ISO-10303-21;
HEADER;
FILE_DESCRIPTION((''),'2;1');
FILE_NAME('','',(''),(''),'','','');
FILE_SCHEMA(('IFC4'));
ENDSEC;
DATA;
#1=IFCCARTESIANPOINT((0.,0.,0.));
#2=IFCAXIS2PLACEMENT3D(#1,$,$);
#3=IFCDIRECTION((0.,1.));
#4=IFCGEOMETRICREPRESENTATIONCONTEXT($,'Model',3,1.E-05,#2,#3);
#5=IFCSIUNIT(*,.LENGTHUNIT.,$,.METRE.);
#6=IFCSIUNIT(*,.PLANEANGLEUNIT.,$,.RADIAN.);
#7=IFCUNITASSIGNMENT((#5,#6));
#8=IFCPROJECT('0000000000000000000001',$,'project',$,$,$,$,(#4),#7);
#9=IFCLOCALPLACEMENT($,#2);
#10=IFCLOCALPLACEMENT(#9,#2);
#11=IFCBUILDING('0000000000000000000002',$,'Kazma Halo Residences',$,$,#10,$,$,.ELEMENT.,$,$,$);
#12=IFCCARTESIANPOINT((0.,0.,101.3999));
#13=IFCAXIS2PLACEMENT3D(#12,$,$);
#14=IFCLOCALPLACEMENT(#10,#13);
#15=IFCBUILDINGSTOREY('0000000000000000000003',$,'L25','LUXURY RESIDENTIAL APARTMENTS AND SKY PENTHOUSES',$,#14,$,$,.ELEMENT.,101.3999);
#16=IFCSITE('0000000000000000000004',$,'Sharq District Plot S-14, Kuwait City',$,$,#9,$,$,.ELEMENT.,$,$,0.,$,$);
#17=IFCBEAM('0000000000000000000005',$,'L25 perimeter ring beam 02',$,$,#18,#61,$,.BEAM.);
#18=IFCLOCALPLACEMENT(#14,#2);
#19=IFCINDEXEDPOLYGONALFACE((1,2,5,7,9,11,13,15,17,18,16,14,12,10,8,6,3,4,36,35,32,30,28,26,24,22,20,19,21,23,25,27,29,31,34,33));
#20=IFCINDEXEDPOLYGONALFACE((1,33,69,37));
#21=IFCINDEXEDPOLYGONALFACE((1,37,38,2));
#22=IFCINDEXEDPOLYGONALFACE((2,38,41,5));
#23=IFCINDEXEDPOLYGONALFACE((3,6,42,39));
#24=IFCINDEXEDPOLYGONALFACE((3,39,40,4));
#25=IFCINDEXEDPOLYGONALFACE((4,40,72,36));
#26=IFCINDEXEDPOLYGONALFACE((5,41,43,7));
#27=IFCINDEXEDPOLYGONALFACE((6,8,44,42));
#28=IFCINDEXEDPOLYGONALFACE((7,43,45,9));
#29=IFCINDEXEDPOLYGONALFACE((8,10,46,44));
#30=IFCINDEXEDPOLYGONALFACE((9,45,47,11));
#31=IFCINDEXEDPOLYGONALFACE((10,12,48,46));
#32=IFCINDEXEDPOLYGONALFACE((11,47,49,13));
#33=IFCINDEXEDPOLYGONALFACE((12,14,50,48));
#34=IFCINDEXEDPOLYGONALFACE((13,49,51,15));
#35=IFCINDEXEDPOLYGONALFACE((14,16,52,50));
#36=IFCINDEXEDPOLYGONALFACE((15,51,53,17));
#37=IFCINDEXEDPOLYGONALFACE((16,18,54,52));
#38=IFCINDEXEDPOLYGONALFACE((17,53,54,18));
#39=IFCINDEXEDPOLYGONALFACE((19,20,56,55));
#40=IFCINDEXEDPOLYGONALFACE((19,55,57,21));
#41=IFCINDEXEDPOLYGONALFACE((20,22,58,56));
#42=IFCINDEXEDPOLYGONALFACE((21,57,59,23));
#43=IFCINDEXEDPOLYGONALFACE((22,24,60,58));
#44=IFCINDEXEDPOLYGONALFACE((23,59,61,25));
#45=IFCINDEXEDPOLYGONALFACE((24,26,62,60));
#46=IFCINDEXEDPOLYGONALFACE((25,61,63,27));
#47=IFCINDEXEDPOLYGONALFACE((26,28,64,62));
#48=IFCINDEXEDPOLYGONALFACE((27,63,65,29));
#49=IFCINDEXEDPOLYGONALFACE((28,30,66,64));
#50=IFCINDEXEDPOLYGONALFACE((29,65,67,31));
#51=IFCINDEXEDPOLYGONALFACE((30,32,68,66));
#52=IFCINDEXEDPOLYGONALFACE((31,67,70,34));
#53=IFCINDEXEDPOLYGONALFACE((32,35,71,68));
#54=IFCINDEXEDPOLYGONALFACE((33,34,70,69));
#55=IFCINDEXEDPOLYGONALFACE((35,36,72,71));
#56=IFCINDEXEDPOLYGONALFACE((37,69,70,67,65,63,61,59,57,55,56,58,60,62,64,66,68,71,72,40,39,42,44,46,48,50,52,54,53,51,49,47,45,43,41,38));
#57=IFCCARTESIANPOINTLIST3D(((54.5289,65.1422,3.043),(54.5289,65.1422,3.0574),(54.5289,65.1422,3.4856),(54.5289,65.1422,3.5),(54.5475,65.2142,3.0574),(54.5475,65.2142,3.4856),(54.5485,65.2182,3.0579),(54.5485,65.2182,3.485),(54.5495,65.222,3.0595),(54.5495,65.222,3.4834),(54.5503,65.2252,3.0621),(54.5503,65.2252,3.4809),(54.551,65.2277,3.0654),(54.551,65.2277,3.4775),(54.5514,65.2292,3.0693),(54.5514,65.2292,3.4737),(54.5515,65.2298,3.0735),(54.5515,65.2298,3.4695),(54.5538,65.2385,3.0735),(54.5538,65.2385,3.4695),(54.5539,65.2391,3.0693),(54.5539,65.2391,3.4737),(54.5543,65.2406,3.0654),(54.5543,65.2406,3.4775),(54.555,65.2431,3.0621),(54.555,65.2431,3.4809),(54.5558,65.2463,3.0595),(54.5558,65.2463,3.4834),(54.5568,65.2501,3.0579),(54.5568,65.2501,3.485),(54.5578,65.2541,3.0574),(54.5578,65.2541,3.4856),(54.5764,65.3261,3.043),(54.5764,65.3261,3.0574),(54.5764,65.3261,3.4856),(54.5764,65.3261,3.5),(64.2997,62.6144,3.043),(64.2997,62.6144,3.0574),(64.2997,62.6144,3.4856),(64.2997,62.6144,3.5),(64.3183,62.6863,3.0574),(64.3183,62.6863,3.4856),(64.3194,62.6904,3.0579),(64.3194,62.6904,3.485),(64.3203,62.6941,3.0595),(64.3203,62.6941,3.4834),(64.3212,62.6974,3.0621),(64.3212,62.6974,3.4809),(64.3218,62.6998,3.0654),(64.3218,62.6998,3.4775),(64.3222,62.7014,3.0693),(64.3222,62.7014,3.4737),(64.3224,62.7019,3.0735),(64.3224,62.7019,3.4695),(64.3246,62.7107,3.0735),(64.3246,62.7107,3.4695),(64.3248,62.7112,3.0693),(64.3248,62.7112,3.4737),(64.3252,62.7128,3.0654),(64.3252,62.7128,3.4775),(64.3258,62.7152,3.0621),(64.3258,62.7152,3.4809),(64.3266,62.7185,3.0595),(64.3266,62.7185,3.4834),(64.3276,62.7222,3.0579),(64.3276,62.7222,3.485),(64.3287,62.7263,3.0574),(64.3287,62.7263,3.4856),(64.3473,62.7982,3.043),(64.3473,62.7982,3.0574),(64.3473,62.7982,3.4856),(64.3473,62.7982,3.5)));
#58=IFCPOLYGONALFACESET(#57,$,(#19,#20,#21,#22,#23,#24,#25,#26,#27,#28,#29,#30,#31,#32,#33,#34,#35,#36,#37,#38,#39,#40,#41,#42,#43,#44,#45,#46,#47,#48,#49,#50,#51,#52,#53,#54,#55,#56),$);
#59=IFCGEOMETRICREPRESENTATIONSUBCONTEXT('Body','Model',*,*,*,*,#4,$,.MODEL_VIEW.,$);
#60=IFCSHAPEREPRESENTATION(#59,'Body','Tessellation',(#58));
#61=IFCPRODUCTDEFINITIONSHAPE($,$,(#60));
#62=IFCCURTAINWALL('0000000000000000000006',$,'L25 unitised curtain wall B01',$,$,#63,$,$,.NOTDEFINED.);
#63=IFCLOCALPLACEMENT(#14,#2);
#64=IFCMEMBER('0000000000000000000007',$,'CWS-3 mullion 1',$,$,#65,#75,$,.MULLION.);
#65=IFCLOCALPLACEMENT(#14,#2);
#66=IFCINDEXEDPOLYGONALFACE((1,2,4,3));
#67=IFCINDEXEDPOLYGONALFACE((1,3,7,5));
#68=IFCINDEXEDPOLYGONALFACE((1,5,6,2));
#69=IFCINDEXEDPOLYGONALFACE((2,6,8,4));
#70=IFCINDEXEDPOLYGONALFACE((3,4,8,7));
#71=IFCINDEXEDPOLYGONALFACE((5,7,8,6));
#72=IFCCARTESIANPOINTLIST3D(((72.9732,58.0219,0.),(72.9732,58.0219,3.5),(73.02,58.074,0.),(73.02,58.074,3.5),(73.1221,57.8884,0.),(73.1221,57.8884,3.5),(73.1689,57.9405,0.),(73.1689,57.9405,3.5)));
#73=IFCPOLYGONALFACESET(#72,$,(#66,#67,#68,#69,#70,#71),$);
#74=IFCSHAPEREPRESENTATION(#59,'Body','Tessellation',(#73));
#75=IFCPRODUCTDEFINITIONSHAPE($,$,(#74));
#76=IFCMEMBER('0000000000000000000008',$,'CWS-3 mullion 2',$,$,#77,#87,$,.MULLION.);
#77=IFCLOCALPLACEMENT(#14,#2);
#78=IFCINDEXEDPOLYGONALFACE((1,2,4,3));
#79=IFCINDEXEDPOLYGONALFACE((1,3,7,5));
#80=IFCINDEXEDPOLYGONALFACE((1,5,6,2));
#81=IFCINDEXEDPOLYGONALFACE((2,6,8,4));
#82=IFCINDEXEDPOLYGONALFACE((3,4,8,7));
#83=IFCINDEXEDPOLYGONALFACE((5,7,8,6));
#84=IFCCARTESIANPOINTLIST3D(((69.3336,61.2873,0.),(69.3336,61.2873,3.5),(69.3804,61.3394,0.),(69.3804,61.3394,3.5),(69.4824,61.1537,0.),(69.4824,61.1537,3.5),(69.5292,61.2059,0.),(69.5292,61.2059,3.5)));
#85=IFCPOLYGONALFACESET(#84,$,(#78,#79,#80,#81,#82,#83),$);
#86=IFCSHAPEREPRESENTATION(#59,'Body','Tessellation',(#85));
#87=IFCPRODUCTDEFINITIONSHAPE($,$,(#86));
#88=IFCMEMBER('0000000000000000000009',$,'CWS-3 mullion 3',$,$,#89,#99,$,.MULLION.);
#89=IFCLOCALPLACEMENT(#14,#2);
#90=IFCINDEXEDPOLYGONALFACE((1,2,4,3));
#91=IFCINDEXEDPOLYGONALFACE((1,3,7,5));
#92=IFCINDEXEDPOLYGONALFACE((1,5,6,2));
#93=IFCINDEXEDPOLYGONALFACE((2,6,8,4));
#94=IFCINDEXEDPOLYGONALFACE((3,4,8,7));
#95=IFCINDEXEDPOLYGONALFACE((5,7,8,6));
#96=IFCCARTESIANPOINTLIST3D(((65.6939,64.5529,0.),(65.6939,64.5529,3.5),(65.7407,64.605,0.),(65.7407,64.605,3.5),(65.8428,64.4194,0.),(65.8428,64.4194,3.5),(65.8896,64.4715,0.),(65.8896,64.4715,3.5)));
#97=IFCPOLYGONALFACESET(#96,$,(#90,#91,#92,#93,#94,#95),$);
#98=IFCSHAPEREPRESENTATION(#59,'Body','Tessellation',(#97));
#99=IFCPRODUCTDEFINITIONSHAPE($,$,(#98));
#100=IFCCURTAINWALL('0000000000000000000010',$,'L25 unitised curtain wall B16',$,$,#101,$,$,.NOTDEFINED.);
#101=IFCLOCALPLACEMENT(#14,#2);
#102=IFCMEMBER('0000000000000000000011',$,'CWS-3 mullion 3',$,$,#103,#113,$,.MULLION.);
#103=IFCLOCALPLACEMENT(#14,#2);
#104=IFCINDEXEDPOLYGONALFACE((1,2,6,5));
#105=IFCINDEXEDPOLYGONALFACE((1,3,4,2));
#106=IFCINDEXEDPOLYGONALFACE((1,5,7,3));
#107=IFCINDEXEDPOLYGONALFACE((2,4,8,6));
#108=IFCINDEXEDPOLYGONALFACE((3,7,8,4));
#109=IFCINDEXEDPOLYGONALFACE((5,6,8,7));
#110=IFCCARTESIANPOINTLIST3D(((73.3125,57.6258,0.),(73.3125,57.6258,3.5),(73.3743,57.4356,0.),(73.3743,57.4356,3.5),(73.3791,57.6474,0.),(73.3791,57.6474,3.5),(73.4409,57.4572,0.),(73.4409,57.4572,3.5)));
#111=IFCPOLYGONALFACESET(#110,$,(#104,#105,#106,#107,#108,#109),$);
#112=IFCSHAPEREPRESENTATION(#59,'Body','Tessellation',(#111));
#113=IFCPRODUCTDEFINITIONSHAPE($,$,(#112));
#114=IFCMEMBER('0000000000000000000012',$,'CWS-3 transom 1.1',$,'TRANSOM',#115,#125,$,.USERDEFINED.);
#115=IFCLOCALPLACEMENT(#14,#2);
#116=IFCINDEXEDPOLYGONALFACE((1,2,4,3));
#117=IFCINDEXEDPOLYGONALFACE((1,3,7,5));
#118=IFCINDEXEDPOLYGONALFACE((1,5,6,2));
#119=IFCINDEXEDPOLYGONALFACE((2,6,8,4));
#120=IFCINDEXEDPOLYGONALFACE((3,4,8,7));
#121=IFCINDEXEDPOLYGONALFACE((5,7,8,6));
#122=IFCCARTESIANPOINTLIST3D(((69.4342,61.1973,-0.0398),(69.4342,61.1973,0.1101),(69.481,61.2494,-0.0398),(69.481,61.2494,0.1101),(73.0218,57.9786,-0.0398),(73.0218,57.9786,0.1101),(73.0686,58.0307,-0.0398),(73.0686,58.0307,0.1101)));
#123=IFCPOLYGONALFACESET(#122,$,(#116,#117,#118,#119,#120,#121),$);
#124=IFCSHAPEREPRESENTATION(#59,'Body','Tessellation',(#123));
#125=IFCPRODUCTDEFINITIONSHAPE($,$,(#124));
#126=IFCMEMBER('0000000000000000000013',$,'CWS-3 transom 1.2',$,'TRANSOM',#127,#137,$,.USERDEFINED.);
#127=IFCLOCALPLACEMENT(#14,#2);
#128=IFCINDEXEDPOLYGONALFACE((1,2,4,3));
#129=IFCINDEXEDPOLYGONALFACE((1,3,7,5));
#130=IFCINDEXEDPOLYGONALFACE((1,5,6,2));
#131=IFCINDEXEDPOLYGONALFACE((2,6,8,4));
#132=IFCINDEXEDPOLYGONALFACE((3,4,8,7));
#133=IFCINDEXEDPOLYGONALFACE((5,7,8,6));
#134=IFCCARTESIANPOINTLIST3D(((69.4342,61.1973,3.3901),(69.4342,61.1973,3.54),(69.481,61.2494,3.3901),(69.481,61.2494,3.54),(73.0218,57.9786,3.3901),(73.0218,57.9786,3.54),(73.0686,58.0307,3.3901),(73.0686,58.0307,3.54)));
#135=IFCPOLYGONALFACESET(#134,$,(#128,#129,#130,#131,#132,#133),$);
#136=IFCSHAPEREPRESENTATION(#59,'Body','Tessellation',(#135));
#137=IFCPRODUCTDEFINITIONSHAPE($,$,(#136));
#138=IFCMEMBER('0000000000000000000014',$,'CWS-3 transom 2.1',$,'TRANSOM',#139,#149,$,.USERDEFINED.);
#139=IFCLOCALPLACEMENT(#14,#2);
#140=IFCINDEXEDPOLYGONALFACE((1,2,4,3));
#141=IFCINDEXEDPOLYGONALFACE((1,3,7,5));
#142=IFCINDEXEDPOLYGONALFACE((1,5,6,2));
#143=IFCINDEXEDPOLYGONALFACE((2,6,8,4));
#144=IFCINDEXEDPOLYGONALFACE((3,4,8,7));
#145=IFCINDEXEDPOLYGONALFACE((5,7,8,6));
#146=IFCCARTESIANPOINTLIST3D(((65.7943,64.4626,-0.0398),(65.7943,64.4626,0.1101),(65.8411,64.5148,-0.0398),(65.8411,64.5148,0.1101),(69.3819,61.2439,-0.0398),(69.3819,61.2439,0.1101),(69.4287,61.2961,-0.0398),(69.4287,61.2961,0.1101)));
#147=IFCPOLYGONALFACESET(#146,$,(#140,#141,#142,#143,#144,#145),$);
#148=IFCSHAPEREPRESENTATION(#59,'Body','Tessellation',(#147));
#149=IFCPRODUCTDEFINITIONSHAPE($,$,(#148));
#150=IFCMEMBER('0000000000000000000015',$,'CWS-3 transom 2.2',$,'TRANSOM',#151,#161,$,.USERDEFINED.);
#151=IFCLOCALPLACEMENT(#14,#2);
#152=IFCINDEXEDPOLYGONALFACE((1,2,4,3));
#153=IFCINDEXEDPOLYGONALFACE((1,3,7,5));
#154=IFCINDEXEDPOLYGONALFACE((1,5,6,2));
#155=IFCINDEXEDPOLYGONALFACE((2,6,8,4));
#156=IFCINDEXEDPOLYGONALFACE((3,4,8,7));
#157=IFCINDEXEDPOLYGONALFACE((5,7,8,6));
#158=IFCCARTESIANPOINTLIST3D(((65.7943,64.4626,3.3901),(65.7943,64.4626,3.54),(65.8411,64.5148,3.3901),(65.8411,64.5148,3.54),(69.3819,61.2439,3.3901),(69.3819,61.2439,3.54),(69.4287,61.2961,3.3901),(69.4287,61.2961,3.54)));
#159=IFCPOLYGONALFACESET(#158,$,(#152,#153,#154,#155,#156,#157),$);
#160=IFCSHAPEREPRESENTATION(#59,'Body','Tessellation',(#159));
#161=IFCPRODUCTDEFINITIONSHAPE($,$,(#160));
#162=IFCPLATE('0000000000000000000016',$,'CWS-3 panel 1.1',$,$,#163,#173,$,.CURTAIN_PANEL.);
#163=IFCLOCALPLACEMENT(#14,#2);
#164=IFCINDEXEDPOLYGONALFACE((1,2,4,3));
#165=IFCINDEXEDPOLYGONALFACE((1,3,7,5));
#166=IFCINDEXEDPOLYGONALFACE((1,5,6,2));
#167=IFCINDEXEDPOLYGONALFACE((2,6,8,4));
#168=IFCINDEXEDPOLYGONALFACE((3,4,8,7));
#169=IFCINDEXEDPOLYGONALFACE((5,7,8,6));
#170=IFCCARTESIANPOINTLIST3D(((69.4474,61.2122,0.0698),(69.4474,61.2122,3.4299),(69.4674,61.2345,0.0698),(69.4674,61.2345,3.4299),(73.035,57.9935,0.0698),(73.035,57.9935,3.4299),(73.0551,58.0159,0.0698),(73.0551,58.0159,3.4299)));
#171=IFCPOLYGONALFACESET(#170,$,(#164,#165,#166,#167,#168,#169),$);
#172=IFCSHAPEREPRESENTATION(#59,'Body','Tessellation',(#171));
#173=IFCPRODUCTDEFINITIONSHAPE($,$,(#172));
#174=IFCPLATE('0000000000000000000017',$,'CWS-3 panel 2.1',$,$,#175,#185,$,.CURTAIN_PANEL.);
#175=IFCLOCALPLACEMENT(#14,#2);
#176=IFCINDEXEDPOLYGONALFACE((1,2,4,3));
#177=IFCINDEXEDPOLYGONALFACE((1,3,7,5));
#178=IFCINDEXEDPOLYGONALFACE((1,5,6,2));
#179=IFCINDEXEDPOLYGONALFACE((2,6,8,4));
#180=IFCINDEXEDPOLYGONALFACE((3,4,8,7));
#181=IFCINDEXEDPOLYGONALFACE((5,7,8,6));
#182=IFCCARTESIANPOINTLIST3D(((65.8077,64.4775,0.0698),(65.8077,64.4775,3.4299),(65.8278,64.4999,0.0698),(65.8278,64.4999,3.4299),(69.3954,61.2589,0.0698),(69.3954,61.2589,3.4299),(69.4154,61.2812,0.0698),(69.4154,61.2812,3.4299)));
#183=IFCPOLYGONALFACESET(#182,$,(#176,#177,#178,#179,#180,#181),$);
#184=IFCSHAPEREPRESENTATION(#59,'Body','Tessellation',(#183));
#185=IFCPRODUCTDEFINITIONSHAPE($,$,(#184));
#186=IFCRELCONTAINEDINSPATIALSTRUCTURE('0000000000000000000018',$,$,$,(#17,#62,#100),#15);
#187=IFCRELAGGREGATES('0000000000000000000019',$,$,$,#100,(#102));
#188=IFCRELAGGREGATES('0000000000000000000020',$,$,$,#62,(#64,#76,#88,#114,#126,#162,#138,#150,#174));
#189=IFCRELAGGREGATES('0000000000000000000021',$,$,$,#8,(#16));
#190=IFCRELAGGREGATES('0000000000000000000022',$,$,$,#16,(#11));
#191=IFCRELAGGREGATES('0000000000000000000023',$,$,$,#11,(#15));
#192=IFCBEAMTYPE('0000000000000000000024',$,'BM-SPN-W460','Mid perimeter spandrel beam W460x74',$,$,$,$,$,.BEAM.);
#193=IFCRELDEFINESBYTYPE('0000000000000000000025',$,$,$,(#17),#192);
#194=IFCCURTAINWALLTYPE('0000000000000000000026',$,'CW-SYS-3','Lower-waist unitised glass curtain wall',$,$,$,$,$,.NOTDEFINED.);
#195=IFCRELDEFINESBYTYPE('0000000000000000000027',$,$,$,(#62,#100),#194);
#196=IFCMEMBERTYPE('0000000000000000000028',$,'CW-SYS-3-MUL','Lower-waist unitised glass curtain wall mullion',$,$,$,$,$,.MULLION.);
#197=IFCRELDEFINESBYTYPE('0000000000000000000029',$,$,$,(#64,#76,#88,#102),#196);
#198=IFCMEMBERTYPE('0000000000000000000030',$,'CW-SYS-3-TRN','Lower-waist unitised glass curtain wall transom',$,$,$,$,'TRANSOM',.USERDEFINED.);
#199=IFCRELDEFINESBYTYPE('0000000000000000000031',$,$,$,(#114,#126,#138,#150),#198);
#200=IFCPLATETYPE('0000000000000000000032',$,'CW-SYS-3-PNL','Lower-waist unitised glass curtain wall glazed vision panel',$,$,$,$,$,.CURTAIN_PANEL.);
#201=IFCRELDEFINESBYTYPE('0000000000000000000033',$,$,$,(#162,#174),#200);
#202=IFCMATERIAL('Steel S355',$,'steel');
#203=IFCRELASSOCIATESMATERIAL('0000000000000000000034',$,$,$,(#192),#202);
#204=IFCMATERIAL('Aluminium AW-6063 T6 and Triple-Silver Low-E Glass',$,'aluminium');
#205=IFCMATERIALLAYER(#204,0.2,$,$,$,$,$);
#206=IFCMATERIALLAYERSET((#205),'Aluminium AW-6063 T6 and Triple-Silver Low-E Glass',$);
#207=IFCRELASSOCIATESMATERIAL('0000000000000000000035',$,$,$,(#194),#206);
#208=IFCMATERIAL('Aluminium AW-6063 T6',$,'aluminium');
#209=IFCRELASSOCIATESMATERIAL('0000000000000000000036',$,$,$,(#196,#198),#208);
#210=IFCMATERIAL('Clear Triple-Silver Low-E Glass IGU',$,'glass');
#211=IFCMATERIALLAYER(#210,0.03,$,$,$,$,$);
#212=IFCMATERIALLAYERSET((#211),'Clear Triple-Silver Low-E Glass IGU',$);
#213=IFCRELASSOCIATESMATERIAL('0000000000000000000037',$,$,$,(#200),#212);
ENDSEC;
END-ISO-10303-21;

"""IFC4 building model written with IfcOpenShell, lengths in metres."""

from ifc_helpers import new_model, si_unit, direction, frame, origin, origin_2d, place, context, subcontext, project, spatial, rectangle, i_section, extrude, material, layer, layer_set, material_profile, profile_set, type_object, element, aggregate, save


model = new_model("IFC4")

# Units and contexts
model_context = context("Model", 3, precision=1e-05, world=origin(), true_north=direction((0.0, 1.0)))
body_context = subcontext(model_context, "Body", "Model", "MODEL_VIEW")
ifc_project = project(units=[si_unit("LENGTHUNIT", "METRE"), si_unit("PLANEANGLEUNIT", "RADIAN")], contexts=[model_context])

# Site, building, storey
site_placement = place(None, origin())
site = spatial("IfcSite", under=ifc_project, at=site_placement, Name="Sharq District Plot S-14, Kuwait City", CompositionType="ELEMENT", RefElevation=0.0)
building_placement = place(site_placement, origin())
building = spatial("IfcBuilding", under=site, at=building_placement, Name="Kazma Halo Residences", CompositionType="ELEMENT")
storey_placement = place(building_placement, frame((0.0, 0.0, 101.3999)))
storey = spatial("IfcBuildingStorey", under=building, at=storey_placement, Name="L25", Description="LUXURY RESIDENTIAL APARTMENTS AND SKY PENTHOUSES", CompositionType="ELEMENT", Elevation=101.3999)

# Beam
ifc_material_1 = material(Name="Steel S355", Category="steel")
ifc_material_profile_1 = material_profile(ifc_material_1, i_section(OverallWidth=0.1899, OverallDepth=0.457, WebThickness=0.009, FlangeThickness=0.0144, FilletRadius=0.0161, at=origin_2d()), Name="W460x74")
ifc_profile_set_1 = profile_set([ifc_material_profile_1], Name="Steel S355")
beam_type_1 = type_object("IfcBeamType", Name="BM-SPN-W460", Description="Mid perimeter spandrel beam W460x74", PredefinedType="BEAM", material=ifc_profile_set_1)
beam_1_placement = place(storey_placement, frame((64.3235, 62.7063, 3.2715), z_axis=(-0.968125, 0.250468, 0.0), x_axis=(-0.250468, -0.968125, 0.0)))
element("IfcBeam", 1, at=beam_1_placement, inside=storey, type_object=beam_type_1, Name="L25 perimeter ring beam 02", PredefinedType="BEAM", context=body_context, shape_type="SweptSolid", body=[
    extrude(i_section(OverallWidth=0.1899, OverallDepth=0.457, WebThickness=0.009, FlangeThickness=0.0144, FilletRadius=0.0161, at=origin_2d()), origin(), (0.0, 0.0, 1.0), 10.0925),
])

# Curtain wall, members
ifc_material_2 = material(Name="Aluminium AW-6063 T6 and Triple-Silver Low-E Glass", Category="aluminium")
ifc_layer_1 = layer(ifc_material_2, 0.2)
ifc_layer_set_1 = layer_set([ifc_layer_1], Name="Aluminium AW-6063 T6 and Triple-Silver Low-E Glass")
curtain_wall_type = type_object("IfcCurtainWallType", Name="CW-SYS-3", Description="Lower-waist unitised glass curtain wall", PredefinedType="NOTDEFINED", material=ifc_layer_set_1)
curtain_wall_1_placement = place(storey_placement, origin())
curtain_wall_1 = element("IfcCurtainWall", 2, at=curtain_wall_1_placement, inside=storey, type_object=curtain_wall_type, Name="L25 unitised curtain wall B01", PredefinedType="NOTDEFINED")
ifc_material_3 = material(Name="Aluminium AW-6063 T6", Category="aluminium")
ifc_material_profile_2 = material_profile(ifc_material_3, rectangle(XDim=0.0701, YDim=0.2, at=origin_2d()), Name="CWM-70x200")
ifc_profile_set_2 = profile_set([ifc_material_profile_2], Name="Aluminium AW-6063 T6")
member_type_1 = type_object("IfcMemberType", Name="CW-SYS-3-MUL", Description="Lower-waist unitised glass curtain wall mullion", PredefinedType="MULLION", material=ifc_profile_set_2)
member_1_placement = place(storey_placement, frame((73.071, 57.9812, 0.0), z_axis=(0.0, 0.0, 1.0), x_axis=(-0.667795, -0.744345, 0.0)))
member_1 = element("IfcMember", 3, at=member_1_placement, type_object=member_type_1, Name="CWS-3 mullion 1", PredefinedType="MULLION", context=body_context, shape_type="SweptSolid", body=[
    extrude(rectangle(XDim=0.0701, YDim=0.2, at=origin_2d()), origin(), (0.0, 0.0, 1.0), 3.5),
])
member_2_placement = place(storey_placement, frame((69.4314, 61.2466, 0.0), z_axis=(0.0, 0.0, 1.0), x_axis=(-0.667795, -0.744345, 0.0)))
member_2 = element("IfcMember", 4, at=member_2_placement, type_object=member_type_1, Name="CWS-3 mullion 2", PredefinedType="MULLION", context=body_context, shape_type="SweptSolid", body=[
    extrude(rectangle(XDim=0.0701, YDim=0.2, at=origin_2d()), origin(), (0.0, 0.0, 1.0), 3.5),
])
member_3_placement = place(storey_placement, frame((65.7917, 64.5122, 0.0), z_axis=(0.0, 0.0, 1.0), x_axis=(-0.667795, -0.744345, 0.0)))
member_3 = element("IfcMember", 5, at=member_3_placement, type_object=member_type_1, Name="CWS-3 mullion 3", PredefinedType="MULLION", context=body_context, shape_type="SweptSolid", body=[
    extrude(rectangle(XDim=0.0701, YDim=0.2, at=origin_2d()), origin(), (0.0, 0.0, 1.0), 3.5),
])

# Curtain wall, member
curtain_wall_2_placement = place(storey_placement, origin())
curtain_wall_2 = element("IfcCurtainWall", 6, at=curtain_wall_2_placement, inside=storey, type_object=curtain_wall_type, Name="L25 unitised curtain wall B16", PredefinedType="NOTDEFINED")
member_4_placement = place(storey_placement, frame((73.3767, 57.5415, 0.0), z_axis=(0.0, 0.0, 1.0), x_axis=(-0.951058, -0.309013, 0.0)))
member_4 = element("IfcMember", 7, at=member_4_placement, type_object=member_type_1, Name="CWS-3 mullion 3", PredefinedType="MULLION", context=body_context, shape_type="SweptSolid", body=[
    extrude(rectangle(XDim=0.0701, YDim=0.2, at=origin_2d()), origin(), (0.0, 0.0, 1.0), 3.5),
])
aggregate(curtain_wall_2, [member_4])

# Members
ifc_material_profile_3 = material_profile(ifc_material_3, rectangle(XDim=0.0701, YDim=0.1499, at=origin_2d()), Name="CWT-70x150")
ifc_profile_set_3 = profile_set([ifc_material_profile_3], Name="Aluminium AW-6063 T6")
member_type_2 = type_object("IfcMemberType", Name="CW-SYS-3-TRN", Description="Lower-waist unitised glass curtain wall transom", ElementType="TRANSOM", PredefinedType="USERDEFINED", material=ifc_profile_set_3)
member_5_placement = place(storey_placement, frame((73.0452, 58.0046, 0.0352), z_axis=(-0.744338, 0.667803, 0.0), x_axis=(-0.667803, -0.744338, 0.0)))
member_5 = element("IfcMember", 8, at=member_5_placement, type_object=member_type_2, Name="CWS-3 transom 1.1", ObjectType="TRANSOM", PredefinedType="USERDEFINED", context=body_context, shape_type="SweptSolid", body=[
    extrude(rectangle(XDim=0.0701, YDim=0.1499, at=origin_2d()), origin(), (0.0, 0.0, 1.0), 4.8198),
])
member_6_placement = place(storey_placement, frame((73.0452, 58.0046, 3.4651), z_axis=(-0.744338, 0.667803, 0.0), x_axis=(-0.667803, -0.744338, 0.0)))
member_6 = element("IfcMember", 9, at=member_6_placement, type_object=member_type_2, Name="CWS-3 transom 1.2", ObjectType="TRANSOM", PredefinedType="USERDEFINED", context=body_context, shape_type="SweptSolid", body=[
    extrude(rectangle(XDim=0.0701, YDim=0.1499, at=origin_2d()), origin(), (0.0, 0.0, 1.0), 4.8198),
])
member_7_placement = place(storey_placement, frame((69.4053, 61.27, 0.0352), z_axis=(-0.744338, 0.667803, 0.0), x_axis=(-0.667803, -0.744338, 0.0)))
member_7 = element("IfcMember", 10, at=member_7_placement, type_object=member_type_2, Name="CWS-3 transom 2.1", ObjectType="TRANSOM", PredefinedType="USERDEFINED", context=body_context, shape_type="SweptSolid", body=[
    extrude(rectangle(XDim=0.0701, YDim=0.1499, at=origin_2d()), origin(), (0.0, 0.0, 1.0), 4.8198),
])
member_8_placement = place(storey_placement, frame((69.4053, 61.27, 3.4651), z_axis=(-0.744338, 0.667803, 0.0), x_axis=(-0.667803, -0.744338, 0.0)))
member_8 = element("IfcMember", 11, at=member_8_placement, type_object=member_type_2, Name="CWS-3 transom 2.2", ObjectType="TRANSOM", PredefinedType="USERDEFINED", context=body_context, shape_type="SweptSolid", body=[
    extrude(rectangle(XDim=0.0701, YDim=0.1499, at=origin_2d()), origin(), (0.0, 0.0, 1.0), 4.8198),
])

# Plates
ifc_material_4 = material(Name="Clear Triple-Silver Low-E Glass IGU", Category="glass")
ifc_layer_2 = layer(ifc_material_4, 0.03)
ifc_layer_set_2 = layer_set([ifc_layer_2], Name="Clear Triple-Silver Low-E Glass IGU")
plate_type = type_object("IfcPlateType", Name="CW-SYS-3-PNL", Description="Lower-waist unitised glass curtain wall glazed vision panel", PredefinedType="CURTAIN_PANEL", material=ifc_layer_set_2)
plate_1_placement = place(storey_placement, frame((71.2512, 59.614, 0.0698), z_axis=(0.0, 0.0, 1.0), x_axis=(-0.744345, 0.667795, 0.0)))
plate_1 = element("IfcPlate", 12, at=plate_1_placement, type_object=plate_type, Name="CWS-3 panel 1.1", PredefinedType="CURTAIN_PANEL", context=body_context, shape_type="SweptSolid", body=[
    extrude(rectangle(XDim=4.8198, YDim=0.03, at=origin_2d()), origin(), (0.0, 0.0, 1.0), 3.3601),
])
plate_2_placement = place(storey_placement, frame((67.6116, 62.8794, 0.0698), z_axis=(0.0, 0.0, 1.0), x_axis=(-0.744345, 0.667795, 0.0)))
plate_2 = element("IfcPlate", 13, at=plate_2_placement, type_object=plate_type, Name="CWS-3 panel 2.1", PredefinedType="CURTAIN_PANEL", context=body_context, shape_type="SweptSolid", body=[
    extrude(rectangle(XDim=4.8198, YDim=0.03, at=origin_2d()), origin(), (0.0, 0.0, 1.0), 3.3601),
])
aggregate(curtain_wall_1, [member_1, member_2, member_3, member_5, member_6, plate_1, member_7, member_8, plate_2])

save(model, "model.ifc")
